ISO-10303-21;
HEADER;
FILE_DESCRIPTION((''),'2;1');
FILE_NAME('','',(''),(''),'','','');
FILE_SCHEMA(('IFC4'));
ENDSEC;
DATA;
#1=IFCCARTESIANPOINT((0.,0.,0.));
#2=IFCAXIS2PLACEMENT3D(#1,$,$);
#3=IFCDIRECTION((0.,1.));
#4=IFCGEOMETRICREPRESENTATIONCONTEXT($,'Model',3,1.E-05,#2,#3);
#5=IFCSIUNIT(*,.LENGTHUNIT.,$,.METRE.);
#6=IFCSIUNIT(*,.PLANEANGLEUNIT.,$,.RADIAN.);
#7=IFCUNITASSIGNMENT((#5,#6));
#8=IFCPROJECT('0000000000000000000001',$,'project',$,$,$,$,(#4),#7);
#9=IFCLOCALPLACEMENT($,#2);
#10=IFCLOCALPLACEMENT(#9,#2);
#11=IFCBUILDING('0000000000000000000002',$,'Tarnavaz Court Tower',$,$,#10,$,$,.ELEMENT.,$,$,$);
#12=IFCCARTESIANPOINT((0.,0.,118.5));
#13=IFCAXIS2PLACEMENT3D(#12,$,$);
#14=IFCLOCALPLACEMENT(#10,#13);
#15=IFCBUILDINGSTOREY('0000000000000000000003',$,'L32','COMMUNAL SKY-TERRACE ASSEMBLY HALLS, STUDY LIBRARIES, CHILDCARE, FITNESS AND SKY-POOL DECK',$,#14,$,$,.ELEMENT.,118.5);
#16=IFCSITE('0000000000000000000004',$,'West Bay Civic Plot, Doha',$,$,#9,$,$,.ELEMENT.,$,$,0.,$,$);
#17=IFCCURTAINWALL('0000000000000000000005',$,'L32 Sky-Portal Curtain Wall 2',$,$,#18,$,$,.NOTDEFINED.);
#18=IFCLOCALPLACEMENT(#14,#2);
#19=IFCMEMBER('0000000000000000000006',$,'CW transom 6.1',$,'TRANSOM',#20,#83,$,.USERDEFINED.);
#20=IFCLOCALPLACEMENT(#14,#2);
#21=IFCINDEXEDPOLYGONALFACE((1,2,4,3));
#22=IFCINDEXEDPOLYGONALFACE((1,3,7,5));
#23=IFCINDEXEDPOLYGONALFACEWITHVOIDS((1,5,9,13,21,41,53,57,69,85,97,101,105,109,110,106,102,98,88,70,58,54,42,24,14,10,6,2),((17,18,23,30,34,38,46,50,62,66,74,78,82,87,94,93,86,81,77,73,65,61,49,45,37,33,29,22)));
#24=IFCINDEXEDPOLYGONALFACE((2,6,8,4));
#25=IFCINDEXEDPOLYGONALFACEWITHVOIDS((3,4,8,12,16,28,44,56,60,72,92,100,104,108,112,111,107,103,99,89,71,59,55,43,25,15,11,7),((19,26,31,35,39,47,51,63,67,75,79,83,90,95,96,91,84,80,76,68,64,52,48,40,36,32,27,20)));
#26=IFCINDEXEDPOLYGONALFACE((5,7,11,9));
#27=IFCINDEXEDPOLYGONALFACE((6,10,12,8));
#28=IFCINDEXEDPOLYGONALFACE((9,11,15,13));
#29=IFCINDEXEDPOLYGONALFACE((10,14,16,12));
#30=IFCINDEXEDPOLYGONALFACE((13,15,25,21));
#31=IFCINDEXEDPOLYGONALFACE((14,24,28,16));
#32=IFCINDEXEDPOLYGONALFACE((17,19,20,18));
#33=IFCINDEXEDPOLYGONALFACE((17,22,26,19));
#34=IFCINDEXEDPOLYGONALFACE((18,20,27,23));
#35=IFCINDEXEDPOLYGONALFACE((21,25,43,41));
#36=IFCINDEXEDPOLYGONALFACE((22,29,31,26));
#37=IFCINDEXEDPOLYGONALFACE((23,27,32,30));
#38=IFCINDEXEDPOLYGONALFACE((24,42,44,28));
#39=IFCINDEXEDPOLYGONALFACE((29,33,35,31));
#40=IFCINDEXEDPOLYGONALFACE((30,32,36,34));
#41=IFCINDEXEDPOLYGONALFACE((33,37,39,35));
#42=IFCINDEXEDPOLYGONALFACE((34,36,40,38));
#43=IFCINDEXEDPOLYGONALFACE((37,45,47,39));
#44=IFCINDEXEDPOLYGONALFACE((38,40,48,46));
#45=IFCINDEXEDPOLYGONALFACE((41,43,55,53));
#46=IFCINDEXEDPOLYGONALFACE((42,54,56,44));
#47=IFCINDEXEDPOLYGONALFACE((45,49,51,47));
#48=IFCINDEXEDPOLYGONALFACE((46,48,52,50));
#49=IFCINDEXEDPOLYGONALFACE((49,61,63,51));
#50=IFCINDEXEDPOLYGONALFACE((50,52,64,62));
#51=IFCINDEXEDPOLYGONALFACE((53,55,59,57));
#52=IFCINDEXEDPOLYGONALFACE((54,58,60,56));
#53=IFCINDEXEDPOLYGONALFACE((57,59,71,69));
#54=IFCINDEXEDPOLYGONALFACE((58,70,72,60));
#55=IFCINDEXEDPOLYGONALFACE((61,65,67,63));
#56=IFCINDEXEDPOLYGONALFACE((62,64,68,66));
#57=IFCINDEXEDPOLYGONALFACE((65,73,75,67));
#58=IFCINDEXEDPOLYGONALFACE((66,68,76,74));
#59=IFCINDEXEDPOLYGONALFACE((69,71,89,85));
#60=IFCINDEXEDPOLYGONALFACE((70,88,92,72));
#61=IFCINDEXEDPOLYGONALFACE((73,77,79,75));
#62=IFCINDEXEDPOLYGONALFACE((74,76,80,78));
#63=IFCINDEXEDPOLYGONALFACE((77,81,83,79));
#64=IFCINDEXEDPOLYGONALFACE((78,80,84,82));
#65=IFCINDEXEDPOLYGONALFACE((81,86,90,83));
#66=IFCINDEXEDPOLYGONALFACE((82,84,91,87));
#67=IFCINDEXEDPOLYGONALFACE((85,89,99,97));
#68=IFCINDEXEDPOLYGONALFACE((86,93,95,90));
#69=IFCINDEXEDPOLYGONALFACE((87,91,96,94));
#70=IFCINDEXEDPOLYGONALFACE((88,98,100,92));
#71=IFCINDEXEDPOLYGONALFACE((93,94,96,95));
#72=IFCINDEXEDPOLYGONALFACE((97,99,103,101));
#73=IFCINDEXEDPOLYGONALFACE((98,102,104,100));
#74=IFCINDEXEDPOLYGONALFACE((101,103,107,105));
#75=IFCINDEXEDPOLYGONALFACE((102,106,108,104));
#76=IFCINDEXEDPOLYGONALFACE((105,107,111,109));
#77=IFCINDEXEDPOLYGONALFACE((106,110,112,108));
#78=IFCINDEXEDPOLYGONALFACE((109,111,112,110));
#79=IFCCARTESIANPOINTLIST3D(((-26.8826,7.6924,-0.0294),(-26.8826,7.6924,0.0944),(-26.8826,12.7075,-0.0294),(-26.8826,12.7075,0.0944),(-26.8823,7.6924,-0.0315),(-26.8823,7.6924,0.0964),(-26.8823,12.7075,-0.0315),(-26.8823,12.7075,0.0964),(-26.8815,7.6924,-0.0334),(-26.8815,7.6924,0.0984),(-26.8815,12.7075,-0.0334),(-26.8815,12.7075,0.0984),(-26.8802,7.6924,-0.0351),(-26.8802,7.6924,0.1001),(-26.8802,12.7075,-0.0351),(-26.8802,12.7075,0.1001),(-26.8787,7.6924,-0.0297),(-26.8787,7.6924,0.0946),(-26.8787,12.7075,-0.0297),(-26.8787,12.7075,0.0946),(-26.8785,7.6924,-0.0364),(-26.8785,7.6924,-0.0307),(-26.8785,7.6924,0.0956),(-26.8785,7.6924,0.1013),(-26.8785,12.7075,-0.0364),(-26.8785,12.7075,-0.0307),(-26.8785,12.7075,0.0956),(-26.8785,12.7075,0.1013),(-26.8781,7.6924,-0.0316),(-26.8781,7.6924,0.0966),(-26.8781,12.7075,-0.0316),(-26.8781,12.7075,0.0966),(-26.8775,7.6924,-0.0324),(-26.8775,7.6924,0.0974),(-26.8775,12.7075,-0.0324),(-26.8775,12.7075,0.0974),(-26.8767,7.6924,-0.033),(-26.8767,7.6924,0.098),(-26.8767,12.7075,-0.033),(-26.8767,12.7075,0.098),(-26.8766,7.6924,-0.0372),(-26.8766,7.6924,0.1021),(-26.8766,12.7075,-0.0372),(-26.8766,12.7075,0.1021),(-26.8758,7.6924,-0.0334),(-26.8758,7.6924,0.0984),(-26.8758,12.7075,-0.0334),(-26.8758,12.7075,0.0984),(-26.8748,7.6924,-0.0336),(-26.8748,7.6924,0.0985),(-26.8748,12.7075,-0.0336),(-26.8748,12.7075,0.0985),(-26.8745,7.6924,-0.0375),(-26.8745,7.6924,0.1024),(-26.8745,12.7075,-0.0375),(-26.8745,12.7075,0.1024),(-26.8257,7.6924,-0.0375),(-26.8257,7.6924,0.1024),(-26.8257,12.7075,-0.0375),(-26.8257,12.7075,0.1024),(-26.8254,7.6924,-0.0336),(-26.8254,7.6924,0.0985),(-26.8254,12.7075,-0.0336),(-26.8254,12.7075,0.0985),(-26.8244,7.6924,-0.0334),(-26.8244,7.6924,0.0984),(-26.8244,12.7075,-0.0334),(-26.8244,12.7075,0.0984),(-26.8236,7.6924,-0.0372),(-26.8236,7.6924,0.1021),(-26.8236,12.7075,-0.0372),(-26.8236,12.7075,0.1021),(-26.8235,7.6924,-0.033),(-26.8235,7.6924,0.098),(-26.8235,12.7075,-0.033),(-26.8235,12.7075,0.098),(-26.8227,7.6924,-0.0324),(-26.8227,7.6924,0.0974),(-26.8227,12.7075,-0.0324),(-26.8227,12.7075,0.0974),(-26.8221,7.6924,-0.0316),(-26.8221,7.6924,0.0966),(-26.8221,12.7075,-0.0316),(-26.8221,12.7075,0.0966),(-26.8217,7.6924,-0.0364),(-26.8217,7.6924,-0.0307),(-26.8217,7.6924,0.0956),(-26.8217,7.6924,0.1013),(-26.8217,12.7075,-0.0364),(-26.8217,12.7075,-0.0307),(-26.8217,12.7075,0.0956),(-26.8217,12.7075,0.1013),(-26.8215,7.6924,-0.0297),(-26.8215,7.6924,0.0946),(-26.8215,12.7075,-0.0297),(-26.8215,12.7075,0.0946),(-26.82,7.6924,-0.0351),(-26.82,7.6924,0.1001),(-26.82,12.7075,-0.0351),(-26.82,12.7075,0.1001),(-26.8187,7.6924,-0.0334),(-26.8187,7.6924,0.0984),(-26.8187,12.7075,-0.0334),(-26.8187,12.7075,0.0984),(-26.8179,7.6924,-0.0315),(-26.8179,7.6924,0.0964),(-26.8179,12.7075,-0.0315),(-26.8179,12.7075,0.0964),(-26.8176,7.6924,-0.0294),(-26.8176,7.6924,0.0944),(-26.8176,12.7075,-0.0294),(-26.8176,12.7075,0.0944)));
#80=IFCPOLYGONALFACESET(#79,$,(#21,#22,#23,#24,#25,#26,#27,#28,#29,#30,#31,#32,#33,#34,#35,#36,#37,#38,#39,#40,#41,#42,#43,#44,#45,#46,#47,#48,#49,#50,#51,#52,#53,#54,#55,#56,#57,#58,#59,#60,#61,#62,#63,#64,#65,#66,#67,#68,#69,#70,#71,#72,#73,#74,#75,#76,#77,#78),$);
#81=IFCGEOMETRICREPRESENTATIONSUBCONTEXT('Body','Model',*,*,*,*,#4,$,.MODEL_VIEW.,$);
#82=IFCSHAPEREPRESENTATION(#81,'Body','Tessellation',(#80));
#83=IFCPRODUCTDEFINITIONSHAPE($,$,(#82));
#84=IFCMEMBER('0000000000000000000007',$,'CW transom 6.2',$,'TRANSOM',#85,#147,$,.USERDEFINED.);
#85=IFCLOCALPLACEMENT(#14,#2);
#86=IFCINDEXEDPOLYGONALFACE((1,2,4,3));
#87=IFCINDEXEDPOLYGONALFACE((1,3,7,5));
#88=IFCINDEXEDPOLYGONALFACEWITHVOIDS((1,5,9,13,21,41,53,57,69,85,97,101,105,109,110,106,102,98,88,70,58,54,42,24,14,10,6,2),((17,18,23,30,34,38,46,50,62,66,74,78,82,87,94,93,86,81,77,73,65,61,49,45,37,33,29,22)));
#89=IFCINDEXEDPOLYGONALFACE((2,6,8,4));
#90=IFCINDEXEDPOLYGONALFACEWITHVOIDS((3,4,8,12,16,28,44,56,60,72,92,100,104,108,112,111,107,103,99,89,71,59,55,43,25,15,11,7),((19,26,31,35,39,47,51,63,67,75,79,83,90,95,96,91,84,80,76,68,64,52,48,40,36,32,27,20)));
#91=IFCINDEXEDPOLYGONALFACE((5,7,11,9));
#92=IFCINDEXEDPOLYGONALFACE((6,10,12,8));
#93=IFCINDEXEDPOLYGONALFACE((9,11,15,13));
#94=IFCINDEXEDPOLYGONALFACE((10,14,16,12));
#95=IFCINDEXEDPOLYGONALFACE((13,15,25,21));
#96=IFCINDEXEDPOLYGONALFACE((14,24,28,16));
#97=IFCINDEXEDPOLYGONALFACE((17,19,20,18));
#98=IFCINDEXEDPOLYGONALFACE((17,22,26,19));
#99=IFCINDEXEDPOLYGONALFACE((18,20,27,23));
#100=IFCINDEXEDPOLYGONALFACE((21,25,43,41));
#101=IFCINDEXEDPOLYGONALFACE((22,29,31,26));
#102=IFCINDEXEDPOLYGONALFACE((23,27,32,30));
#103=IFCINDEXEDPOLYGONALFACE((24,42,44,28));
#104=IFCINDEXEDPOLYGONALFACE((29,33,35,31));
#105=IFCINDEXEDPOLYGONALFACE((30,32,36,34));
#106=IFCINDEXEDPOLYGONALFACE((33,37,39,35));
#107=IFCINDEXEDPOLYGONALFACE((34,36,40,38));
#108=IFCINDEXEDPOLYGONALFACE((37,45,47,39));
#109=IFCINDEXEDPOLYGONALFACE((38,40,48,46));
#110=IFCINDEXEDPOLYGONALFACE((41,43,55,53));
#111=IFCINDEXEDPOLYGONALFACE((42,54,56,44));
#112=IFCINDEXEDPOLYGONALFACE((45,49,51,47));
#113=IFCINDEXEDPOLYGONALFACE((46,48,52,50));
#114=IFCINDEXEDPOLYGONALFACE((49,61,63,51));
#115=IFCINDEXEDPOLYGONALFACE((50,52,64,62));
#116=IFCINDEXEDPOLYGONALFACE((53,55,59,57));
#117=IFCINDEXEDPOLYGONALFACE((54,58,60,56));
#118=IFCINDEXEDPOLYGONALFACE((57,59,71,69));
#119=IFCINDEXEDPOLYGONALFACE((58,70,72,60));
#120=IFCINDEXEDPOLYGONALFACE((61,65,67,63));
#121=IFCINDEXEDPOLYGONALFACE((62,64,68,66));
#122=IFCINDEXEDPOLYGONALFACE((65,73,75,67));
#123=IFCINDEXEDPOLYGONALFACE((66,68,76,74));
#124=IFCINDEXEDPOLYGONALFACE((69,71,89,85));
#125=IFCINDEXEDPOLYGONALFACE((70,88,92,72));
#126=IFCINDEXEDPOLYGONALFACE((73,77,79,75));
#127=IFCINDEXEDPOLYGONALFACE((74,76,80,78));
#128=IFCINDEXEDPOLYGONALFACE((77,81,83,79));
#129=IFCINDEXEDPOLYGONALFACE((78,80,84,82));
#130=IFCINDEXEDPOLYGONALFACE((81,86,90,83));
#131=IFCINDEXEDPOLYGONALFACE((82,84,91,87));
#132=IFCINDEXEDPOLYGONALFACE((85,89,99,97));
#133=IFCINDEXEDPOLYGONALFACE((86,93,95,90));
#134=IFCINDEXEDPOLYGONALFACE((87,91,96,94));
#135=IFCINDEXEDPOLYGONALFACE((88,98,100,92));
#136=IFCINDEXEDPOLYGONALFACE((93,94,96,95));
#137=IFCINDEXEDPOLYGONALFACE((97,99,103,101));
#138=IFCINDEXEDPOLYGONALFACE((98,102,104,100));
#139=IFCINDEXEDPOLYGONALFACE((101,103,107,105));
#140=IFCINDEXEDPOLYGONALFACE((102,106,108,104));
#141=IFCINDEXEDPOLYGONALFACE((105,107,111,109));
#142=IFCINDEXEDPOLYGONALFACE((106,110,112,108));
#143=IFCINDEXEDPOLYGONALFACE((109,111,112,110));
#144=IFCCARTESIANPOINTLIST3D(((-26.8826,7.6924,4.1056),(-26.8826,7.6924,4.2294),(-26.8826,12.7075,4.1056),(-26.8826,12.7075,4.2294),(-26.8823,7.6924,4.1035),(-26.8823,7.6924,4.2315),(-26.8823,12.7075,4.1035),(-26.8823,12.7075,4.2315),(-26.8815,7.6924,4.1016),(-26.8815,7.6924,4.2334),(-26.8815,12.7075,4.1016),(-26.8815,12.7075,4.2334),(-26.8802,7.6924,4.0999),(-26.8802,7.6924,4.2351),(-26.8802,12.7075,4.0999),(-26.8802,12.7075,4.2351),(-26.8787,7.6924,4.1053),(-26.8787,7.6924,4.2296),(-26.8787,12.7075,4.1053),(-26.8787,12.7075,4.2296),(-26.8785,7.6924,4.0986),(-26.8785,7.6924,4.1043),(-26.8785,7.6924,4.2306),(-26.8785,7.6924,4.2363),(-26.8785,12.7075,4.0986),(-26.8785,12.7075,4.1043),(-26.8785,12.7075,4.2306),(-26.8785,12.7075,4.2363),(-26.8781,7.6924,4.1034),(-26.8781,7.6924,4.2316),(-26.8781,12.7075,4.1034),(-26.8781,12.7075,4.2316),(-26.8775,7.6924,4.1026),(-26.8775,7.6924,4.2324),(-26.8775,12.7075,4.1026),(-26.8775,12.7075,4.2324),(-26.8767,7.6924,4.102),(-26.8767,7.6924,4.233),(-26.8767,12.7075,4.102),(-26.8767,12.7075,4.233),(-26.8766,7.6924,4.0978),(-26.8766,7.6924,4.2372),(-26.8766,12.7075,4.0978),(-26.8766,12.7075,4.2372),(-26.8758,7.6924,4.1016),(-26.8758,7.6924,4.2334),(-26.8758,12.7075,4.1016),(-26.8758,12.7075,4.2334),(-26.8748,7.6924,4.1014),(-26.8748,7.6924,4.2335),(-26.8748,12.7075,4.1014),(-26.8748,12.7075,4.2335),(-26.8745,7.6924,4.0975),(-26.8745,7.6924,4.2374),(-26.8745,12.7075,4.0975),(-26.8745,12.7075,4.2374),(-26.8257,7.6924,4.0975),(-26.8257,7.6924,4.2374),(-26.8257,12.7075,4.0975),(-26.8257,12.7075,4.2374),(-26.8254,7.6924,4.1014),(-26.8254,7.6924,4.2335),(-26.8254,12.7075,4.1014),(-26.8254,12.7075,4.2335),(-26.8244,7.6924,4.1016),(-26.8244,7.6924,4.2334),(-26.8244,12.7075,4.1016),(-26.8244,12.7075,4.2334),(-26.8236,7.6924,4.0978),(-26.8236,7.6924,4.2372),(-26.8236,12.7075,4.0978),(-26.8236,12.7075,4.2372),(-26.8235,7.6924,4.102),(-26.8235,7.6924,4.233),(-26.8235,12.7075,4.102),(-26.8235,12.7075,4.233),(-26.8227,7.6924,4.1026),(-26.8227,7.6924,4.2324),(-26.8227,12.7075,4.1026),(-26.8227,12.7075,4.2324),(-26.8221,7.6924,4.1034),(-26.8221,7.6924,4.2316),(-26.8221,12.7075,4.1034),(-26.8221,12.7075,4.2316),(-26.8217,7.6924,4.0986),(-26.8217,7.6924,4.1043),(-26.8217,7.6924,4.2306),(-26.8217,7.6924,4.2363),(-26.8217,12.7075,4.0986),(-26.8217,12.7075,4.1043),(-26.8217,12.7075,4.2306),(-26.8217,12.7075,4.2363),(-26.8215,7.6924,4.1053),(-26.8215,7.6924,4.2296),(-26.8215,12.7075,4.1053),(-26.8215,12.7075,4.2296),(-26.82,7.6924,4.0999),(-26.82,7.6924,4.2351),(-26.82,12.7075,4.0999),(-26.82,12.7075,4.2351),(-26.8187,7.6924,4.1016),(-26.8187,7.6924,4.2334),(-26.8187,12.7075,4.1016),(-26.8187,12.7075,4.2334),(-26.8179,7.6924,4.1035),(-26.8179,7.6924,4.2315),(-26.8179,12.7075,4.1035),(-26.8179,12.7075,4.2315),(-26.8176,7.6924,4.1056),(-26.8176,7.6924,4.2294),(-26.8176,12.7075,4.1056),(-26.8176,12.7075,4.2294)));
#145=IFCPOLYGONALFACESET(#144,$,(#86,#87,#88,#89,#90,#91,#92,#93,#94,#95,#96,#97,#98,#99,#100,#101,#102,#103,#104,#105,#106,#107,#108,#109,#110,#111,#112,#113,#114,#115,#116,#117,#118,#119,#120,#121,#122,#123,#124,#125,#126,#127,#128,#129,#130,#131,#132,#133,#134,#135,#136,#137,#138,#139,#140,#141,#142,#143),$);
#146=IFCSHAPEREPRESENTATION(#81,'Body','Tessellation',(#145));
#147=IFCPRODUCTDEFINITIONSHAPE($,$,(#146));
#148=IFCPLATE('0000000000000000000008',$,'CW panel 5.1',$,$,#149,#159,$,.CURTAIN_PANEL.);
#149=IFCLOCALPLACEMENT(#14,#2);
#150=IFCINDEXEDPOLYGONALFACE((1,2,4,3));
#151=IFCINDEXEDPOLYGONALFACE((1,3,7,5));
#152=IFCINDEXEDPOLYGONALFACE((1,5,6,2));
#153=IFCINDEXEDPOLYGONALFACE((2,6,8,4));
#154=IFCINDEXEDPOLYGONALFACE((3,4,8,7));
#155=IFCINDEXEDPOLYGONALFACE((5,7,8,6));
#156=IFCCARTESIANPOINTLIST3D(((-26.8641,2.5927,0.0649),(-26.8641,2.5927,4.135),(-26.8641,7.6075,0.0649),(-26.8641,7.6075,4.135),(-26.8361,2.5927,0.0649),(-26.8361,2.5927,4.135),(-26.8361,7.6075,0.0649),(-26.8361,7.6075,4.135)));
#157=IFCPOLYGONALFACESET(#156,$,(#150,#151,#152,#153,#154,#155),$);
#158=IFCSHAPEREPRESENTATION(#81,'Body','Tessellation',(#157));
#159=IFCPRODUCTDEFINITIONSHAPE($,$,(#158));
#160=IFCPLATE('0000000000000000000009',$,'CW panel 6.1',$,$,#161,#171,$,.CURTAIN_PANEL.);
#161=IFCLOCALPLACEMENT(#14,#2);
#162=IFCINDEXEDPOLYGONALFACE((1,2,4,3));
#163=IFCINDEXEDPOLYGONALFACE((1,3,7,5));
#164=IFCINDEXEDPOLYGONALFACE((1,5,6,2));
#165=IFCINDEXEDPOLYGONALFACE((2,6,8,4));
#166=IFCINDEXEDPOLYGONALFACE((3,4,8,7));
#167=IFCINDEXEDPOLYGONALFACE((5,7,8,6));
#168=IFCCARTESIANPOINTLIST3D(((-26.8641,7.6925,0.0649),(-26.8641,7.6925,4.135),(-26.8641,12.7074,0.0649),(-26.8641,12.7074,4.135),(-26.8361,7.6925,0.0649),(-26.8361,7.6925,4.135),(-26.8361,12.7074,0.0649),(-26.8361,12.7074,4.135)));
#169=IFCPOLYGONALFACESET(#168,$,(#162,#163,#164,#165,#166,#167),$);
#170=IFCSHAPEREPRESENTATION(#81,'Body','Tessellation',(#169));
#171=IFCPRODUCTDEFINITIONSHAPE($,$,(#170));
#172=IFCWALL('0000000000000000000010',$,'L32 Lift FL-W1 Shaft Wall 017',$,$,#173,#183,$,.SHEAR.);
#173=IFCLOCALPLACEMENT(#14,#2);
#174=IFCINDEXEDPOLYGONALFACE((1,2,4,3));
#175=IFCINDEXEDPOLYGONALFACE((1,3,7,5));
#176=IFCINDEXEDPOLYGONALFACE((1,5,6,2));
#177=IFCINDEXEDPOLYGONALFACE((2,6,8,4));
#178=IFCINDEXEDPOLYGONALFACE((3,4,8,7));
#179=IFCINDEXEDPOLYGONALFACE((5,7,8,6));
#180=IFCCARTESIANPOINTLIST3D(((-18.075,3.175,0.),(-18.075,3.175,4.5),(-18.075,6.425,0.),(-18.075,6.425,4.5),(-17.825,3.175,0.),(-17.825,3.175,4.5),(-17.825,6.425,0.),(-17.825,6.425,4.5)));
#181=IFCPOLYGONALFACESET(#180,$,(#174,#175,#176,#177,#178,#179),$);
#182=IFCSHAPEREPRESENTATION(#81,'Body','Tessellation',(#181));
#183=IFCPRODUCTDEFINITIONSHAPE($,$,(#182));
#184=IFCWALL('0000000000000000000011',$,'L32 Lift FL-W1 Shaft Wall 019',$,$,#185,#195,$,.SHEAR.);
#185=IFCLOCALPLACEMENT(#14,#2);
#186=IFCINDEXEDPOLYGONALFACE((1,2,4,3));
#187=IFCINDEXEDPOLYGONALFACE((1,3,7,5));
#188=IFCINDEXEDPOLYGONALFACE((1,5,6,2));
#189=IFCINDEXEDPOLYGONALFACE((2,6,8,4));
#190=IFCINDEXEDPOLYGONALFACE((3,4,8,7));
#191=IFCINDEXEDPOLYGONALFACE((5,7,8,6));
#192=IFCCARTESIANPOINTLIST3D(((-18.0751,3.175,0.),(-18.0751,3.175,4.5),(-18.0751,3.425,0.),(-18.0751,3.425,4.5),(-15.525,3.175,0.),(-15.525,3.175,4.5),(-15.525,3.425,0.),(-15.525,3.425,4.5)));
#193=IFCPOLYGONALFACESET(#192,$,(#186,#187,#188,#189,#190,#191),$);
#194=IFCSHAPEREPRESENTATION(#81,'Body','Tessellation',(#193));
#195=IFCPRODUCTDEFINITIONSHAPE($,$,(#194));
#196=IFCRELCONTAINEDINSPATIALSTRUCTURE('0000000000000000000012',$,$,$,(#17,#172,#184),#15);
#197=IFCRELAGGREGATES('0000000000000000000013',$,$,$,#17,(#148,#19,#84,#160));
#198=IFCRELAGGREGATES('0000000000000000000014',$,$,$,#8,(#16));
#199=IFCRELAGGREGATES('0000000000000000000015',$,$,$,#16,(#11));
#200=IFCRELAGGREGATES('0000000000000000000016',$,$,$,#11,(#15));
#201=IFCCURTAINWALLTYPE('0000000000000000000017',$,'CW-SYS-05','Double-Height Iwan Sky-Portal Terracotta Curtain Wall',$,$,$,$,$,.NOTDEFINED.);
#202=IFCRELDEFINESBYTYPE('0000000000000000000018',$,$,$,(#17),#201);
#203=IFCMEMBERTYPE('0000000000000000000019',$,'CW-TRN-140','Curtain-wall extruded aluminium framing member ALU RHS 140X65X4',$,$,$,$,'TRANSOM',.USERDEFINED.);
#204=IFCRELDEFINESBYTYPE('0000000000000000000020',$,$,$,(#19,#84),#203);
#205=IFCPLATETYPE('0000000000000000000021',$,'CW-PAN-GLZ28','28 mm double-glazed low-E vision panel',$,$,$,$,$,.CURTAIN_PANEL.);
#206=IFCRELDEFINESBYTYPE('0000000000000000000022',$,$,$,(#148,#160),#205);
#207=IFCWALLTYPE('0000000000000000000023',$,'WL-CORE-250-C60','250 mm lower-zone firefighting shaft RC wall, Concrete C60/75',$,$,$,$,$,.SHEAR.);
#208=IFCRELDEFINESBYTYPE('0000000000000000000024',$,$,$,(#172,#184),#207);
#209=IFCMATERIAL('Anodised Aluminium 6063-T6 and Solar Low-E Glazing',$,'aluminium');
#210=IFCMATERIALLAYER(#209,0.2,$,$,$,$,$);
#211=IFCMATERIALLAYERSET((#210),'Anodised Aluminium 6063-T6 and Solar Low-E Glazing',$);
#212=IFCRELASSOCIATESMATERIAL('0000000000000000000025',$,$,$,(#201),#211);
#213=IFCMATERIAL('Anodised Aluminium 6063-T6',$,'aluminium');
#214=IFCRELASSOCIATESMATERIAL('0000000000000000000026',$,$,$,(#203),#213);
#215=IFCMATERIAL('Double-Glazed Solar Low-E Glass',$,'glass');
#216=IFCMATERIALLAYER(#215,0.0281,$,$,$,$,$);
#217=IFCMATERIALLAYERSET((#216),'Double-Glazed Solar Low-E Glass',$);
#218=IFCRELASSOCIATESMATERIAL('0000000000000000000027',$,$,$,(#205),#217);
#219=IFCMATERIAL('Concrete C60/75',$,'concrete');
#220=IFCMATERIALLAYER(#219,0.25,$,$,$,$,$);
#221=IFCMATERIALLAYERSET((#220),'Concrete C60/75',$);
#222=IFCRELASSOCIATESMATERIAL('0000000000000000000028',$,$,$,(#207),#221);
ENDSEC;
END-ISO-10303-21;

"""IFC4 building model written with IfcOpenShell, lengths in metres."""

from ifc_helpers import new_model, si_unit, direction, frame, frame_2d, origin, origin_2d, place, context, subcontext, project, spatial, rectangle, hollow_rectangle, extrude, material, layer, layer_set, material_profile, profile_set, type_object, element, aggregate, save


model = new_model("IFC4")

# Units and contexts
model_context = context("Model", 3, precision=1e-05, world=origin(), true_north=direction((0.0, 1.0)))
body_context = subcontext(model_context, "Body", "Model", "MODEL_VIEW")
ifc_project = project(units=[si_unit("LENGTHUNIT", "METRE"), si_unit("PLANEANGLEUNIT", "RADIAN")], contexts=[model_context])

# Site, building, storey
site_placement = place(None, origin())
site = spatial("IfcSite", under=ifc_project, at=site_placement, Name="West Bay Civic Plot, Doha", CompositionType="ELEMENT", RefElevation=0.0)
building_placement = place(site_placement, origin())
building = spatial("IfcBuilding", under=site, at=building_placement, Name="Tarnavaz Court Tower", CompositionType="ELEMENT")
storey_placement = place(building_placement, frame((0.0, 0.0, 118.5)))
storey = spatial("IfcBuildingStorey", under=building, at=storey_placement, Name="L32", Description="COMMUNAL SKY-TERRACE ASSEMBLY HALLS, STUDY LIBRARIES, CHILDCARE, FITNESS AND SKY-POOL DECK", CompositionType="ELEMENT", Elevation=118.5)

# Shared definitions
ifc_material_1 = material(Name="Concrete C60/75", Category="concrete")

# Curtain wall, members, plates
ifc_material_2 = material(Name="Anodised Aluminium 6063-T6 and Solar Low-E Glazing", Category="aluminium")
ifc_layer_1 = layer(ifc_material_2, 0.2)
ifc_layer_set_1 = layer_set([ifc_layer_1], Name="Anodised Aluminium 6063-T6 and Solar Low-E Glazing")
curtain_wall_type = type_object("IfcCurtainWallType", Name="CW-SYS-05", Description="Double-Height Iwan Sky-Portal Terracotta Curtain Wall", PredefinedType="NOTDEFINED", material=ifc_layer_set_1)
curtain_wall_placement = place(storey_placement, origin())
curtain_wall = element("IfcCurtainWall", 1, at=curtain_wall_placement, inside=storey, type_object=curtain_wall_type, Name="L32 Sky-Portal Curtain Wall 2", PredefinedType="NOTDEFINED")
ifc_material_3 = material(Name="Anodised Aluminium 6063-T6", Category="aluminium")
ifc_material_profile_1 = material_profile(ifc_material_3, hollow_rectangle(XDim=0.0649, YDim=0.1399, WallThickness=0.0039, InnerFilletRadius=0.0039, OuterFilletRadius=0.0081, at=origin_2d()), Name="ALU RHS 140X65X4")
ifc_profile_set_1 = profile_set([ifc_material_profile_1], Name="Anodised Aluminium 6063-T6")
member_type_1 = type_object("IfcMemberType", Name="CW-TRN-140", Description="Curtain-wall extruded aluminium framing member ALU RHS 140X65X4", ElementType="TRANSOM", PredefinedType="USERDEFINED", material=ifc_profile_set_1)
member_1_placement = place(storey_placement, frame((-26.8501, 7.6924, 0.0325), z_axis=(0.0, 1.0, 0.0), x_axis=(-1.0, 0.0, 0.0)))
member_1 = element("IfcMember", 2, at=member_1_placement, type_object=member_type_1, Name="CW transom 6.1", ObjectType="TRANSOM", PredefinedType="USERDEFINED", context=body_context, shape_type="SweptSolid", body=[
    extrude(hollow_rectangle(XDim=0.0649, YDim=0.1399, WallThickness=0.0039, InnerFilletRadius=0.0039, OuterFilletRadius=0.0081, at=origin_2d()), origin(), (0.0, 0.0, 1.0), 5.0151),
])
member_2_placement = place(storey_placement, frame((-26.8501, 7.6924, 4.1675), z_axis=(0.0, 1.0, 0.0), x_axis=(-1.0, 0.0, 0.0)))
member_2 = element("IfcMember", 3, at=member_2_placement, type_object=member_type_1, Name="CW transom 6.2", ObjectType="TRANSOM", PredefinedType="USERDEFINED", context=body_context, shape_type="SweptSolid", body=[
    extrude(hollow_rectangle(XDim=0.0649, YDim=0.1399, WallThickness=0.0039, InnerFilletRadius=0.0039, OuterFilletRadius=0.0081, at=origin_2d()), origin(), (0.0, 0.0, 1.0), 5.0151),
])
ifc_material_4 = material(Name="Double-Glazed Solar Low-E Glass", Category="glass")
ifc_layer_2 = layer(ifc_material_4, 0.0281)
ifc_layer_set_2 = layer_set([ifc_layer_2], Name="Double-Glazed Solar Low-E Glass")
plate_type = type_object("IfcPlateType", Name="CW-PAN-GLZ28", Description="28 mm double-glazed low-E vision panel", PredefinedType="CURTAIN_PANEL", material=ifc_layer_set_2)
plate_1_placement = place(storey_placement, frame((-26.8501, 5.1001, 0.0649), z_axis=(0.0, 0.0, 1.0), x_axis=(0.0, 1.0, 0.0)))
plate_1 = element("IfcPlate", 4, at=plate_1_placement, type_object=plate_type, Name="CW panel 5.1", PredefinedType="CURTAIN_PANEL", context=body_context, shape_type="SweptSolid", body=[
    extrude(rectangle(XDim=5.0149, YDim=0.0281, at=origin_2d()), origin(), (0.0, 0.0, 1.0), 4.0701),
])
plate_2_placement = place(storey_placement, frame((-26.8501, 10.2, 0.0649), z_axis=(0.0, 0.0, 1.0), x_axis=(0.0, 1.0, 0.0)))
plate_2 = element("IfcPlate", 5, at=plate_2_placement, type_object=plate_type, Name="CW panel 6.1", PredefinedType="CURTAIN_PANEL", context=body_context, shape_type="SweptSolid", body=[
    extrude(rectangle(XDim=5.0149, YDim=0.0281, at=origin_2d()), origin(), (0.0, 0.0, 1.0), 4.0701),
])
aggregate(curtain_wall, [plate_1, member_1, member_2, plate_2])

# Wall
ifc_layer_3 = layer(ifc_material_1, 0.25)
ifc_layer_set_3 = layer_set([ifc_layer_3], Name="Concrete C60/75")
wall_type_1 = type_object("IfcWallType", Name="WL-CORE-250-C60", Description="250 mm lower-zone firefighting shaft RC wall, Concrete C60/75", PredefinedType="SHEAR", material=ifc_layer_set_3)
wall_1_placement = place(storey_placement, frame((-17.95, 3.175, 0.0), z_axis=(0.0, 0.0, 1.0), x_axis=(0.0, 1.0, 0.0)))
element("IfcWall", 6, at=wall_1_placement, inside=storey, type_object=wall_type_1, Name="L32 Lift FL-W1 Shaft Wall 017", PredefinedType="SHEAR", context=body_context, shape_type="SweptSolid", body=[
    extrude(rectangle(XDim=3.25, YDim=0.25, at=frame_2d((1.625, 0.0))), origin(), (0.0, 0.0, 1.0), 4.5),
])

# Wall
for number, where, z_axis, x_axis, name in (
    (7, (-18.075, 3.3, 0.0), (0.0, 0.0, 1.0), (1.0, 0.0, 0.0), "L32 Lift FL-W1 Shaft Wall 019"),
):
    element("IfcWall", number, at=place(storey_placement, frame(where, z_axis=z_axis, x_axis=x_axis)), inside=storey, type_object=wall_type_1, Name=name, PredefinedType="SHEAR", context=body_context, shape_type="SweptSolid", body=[
        extrude(rectangle(XDim=2.55, YDim=0.25, at=frame_2d((1.2749, 0.0))), origin(), (0.0, 0.0, 1.0), 4.5),
    ])

save(model, "model.ifc")
